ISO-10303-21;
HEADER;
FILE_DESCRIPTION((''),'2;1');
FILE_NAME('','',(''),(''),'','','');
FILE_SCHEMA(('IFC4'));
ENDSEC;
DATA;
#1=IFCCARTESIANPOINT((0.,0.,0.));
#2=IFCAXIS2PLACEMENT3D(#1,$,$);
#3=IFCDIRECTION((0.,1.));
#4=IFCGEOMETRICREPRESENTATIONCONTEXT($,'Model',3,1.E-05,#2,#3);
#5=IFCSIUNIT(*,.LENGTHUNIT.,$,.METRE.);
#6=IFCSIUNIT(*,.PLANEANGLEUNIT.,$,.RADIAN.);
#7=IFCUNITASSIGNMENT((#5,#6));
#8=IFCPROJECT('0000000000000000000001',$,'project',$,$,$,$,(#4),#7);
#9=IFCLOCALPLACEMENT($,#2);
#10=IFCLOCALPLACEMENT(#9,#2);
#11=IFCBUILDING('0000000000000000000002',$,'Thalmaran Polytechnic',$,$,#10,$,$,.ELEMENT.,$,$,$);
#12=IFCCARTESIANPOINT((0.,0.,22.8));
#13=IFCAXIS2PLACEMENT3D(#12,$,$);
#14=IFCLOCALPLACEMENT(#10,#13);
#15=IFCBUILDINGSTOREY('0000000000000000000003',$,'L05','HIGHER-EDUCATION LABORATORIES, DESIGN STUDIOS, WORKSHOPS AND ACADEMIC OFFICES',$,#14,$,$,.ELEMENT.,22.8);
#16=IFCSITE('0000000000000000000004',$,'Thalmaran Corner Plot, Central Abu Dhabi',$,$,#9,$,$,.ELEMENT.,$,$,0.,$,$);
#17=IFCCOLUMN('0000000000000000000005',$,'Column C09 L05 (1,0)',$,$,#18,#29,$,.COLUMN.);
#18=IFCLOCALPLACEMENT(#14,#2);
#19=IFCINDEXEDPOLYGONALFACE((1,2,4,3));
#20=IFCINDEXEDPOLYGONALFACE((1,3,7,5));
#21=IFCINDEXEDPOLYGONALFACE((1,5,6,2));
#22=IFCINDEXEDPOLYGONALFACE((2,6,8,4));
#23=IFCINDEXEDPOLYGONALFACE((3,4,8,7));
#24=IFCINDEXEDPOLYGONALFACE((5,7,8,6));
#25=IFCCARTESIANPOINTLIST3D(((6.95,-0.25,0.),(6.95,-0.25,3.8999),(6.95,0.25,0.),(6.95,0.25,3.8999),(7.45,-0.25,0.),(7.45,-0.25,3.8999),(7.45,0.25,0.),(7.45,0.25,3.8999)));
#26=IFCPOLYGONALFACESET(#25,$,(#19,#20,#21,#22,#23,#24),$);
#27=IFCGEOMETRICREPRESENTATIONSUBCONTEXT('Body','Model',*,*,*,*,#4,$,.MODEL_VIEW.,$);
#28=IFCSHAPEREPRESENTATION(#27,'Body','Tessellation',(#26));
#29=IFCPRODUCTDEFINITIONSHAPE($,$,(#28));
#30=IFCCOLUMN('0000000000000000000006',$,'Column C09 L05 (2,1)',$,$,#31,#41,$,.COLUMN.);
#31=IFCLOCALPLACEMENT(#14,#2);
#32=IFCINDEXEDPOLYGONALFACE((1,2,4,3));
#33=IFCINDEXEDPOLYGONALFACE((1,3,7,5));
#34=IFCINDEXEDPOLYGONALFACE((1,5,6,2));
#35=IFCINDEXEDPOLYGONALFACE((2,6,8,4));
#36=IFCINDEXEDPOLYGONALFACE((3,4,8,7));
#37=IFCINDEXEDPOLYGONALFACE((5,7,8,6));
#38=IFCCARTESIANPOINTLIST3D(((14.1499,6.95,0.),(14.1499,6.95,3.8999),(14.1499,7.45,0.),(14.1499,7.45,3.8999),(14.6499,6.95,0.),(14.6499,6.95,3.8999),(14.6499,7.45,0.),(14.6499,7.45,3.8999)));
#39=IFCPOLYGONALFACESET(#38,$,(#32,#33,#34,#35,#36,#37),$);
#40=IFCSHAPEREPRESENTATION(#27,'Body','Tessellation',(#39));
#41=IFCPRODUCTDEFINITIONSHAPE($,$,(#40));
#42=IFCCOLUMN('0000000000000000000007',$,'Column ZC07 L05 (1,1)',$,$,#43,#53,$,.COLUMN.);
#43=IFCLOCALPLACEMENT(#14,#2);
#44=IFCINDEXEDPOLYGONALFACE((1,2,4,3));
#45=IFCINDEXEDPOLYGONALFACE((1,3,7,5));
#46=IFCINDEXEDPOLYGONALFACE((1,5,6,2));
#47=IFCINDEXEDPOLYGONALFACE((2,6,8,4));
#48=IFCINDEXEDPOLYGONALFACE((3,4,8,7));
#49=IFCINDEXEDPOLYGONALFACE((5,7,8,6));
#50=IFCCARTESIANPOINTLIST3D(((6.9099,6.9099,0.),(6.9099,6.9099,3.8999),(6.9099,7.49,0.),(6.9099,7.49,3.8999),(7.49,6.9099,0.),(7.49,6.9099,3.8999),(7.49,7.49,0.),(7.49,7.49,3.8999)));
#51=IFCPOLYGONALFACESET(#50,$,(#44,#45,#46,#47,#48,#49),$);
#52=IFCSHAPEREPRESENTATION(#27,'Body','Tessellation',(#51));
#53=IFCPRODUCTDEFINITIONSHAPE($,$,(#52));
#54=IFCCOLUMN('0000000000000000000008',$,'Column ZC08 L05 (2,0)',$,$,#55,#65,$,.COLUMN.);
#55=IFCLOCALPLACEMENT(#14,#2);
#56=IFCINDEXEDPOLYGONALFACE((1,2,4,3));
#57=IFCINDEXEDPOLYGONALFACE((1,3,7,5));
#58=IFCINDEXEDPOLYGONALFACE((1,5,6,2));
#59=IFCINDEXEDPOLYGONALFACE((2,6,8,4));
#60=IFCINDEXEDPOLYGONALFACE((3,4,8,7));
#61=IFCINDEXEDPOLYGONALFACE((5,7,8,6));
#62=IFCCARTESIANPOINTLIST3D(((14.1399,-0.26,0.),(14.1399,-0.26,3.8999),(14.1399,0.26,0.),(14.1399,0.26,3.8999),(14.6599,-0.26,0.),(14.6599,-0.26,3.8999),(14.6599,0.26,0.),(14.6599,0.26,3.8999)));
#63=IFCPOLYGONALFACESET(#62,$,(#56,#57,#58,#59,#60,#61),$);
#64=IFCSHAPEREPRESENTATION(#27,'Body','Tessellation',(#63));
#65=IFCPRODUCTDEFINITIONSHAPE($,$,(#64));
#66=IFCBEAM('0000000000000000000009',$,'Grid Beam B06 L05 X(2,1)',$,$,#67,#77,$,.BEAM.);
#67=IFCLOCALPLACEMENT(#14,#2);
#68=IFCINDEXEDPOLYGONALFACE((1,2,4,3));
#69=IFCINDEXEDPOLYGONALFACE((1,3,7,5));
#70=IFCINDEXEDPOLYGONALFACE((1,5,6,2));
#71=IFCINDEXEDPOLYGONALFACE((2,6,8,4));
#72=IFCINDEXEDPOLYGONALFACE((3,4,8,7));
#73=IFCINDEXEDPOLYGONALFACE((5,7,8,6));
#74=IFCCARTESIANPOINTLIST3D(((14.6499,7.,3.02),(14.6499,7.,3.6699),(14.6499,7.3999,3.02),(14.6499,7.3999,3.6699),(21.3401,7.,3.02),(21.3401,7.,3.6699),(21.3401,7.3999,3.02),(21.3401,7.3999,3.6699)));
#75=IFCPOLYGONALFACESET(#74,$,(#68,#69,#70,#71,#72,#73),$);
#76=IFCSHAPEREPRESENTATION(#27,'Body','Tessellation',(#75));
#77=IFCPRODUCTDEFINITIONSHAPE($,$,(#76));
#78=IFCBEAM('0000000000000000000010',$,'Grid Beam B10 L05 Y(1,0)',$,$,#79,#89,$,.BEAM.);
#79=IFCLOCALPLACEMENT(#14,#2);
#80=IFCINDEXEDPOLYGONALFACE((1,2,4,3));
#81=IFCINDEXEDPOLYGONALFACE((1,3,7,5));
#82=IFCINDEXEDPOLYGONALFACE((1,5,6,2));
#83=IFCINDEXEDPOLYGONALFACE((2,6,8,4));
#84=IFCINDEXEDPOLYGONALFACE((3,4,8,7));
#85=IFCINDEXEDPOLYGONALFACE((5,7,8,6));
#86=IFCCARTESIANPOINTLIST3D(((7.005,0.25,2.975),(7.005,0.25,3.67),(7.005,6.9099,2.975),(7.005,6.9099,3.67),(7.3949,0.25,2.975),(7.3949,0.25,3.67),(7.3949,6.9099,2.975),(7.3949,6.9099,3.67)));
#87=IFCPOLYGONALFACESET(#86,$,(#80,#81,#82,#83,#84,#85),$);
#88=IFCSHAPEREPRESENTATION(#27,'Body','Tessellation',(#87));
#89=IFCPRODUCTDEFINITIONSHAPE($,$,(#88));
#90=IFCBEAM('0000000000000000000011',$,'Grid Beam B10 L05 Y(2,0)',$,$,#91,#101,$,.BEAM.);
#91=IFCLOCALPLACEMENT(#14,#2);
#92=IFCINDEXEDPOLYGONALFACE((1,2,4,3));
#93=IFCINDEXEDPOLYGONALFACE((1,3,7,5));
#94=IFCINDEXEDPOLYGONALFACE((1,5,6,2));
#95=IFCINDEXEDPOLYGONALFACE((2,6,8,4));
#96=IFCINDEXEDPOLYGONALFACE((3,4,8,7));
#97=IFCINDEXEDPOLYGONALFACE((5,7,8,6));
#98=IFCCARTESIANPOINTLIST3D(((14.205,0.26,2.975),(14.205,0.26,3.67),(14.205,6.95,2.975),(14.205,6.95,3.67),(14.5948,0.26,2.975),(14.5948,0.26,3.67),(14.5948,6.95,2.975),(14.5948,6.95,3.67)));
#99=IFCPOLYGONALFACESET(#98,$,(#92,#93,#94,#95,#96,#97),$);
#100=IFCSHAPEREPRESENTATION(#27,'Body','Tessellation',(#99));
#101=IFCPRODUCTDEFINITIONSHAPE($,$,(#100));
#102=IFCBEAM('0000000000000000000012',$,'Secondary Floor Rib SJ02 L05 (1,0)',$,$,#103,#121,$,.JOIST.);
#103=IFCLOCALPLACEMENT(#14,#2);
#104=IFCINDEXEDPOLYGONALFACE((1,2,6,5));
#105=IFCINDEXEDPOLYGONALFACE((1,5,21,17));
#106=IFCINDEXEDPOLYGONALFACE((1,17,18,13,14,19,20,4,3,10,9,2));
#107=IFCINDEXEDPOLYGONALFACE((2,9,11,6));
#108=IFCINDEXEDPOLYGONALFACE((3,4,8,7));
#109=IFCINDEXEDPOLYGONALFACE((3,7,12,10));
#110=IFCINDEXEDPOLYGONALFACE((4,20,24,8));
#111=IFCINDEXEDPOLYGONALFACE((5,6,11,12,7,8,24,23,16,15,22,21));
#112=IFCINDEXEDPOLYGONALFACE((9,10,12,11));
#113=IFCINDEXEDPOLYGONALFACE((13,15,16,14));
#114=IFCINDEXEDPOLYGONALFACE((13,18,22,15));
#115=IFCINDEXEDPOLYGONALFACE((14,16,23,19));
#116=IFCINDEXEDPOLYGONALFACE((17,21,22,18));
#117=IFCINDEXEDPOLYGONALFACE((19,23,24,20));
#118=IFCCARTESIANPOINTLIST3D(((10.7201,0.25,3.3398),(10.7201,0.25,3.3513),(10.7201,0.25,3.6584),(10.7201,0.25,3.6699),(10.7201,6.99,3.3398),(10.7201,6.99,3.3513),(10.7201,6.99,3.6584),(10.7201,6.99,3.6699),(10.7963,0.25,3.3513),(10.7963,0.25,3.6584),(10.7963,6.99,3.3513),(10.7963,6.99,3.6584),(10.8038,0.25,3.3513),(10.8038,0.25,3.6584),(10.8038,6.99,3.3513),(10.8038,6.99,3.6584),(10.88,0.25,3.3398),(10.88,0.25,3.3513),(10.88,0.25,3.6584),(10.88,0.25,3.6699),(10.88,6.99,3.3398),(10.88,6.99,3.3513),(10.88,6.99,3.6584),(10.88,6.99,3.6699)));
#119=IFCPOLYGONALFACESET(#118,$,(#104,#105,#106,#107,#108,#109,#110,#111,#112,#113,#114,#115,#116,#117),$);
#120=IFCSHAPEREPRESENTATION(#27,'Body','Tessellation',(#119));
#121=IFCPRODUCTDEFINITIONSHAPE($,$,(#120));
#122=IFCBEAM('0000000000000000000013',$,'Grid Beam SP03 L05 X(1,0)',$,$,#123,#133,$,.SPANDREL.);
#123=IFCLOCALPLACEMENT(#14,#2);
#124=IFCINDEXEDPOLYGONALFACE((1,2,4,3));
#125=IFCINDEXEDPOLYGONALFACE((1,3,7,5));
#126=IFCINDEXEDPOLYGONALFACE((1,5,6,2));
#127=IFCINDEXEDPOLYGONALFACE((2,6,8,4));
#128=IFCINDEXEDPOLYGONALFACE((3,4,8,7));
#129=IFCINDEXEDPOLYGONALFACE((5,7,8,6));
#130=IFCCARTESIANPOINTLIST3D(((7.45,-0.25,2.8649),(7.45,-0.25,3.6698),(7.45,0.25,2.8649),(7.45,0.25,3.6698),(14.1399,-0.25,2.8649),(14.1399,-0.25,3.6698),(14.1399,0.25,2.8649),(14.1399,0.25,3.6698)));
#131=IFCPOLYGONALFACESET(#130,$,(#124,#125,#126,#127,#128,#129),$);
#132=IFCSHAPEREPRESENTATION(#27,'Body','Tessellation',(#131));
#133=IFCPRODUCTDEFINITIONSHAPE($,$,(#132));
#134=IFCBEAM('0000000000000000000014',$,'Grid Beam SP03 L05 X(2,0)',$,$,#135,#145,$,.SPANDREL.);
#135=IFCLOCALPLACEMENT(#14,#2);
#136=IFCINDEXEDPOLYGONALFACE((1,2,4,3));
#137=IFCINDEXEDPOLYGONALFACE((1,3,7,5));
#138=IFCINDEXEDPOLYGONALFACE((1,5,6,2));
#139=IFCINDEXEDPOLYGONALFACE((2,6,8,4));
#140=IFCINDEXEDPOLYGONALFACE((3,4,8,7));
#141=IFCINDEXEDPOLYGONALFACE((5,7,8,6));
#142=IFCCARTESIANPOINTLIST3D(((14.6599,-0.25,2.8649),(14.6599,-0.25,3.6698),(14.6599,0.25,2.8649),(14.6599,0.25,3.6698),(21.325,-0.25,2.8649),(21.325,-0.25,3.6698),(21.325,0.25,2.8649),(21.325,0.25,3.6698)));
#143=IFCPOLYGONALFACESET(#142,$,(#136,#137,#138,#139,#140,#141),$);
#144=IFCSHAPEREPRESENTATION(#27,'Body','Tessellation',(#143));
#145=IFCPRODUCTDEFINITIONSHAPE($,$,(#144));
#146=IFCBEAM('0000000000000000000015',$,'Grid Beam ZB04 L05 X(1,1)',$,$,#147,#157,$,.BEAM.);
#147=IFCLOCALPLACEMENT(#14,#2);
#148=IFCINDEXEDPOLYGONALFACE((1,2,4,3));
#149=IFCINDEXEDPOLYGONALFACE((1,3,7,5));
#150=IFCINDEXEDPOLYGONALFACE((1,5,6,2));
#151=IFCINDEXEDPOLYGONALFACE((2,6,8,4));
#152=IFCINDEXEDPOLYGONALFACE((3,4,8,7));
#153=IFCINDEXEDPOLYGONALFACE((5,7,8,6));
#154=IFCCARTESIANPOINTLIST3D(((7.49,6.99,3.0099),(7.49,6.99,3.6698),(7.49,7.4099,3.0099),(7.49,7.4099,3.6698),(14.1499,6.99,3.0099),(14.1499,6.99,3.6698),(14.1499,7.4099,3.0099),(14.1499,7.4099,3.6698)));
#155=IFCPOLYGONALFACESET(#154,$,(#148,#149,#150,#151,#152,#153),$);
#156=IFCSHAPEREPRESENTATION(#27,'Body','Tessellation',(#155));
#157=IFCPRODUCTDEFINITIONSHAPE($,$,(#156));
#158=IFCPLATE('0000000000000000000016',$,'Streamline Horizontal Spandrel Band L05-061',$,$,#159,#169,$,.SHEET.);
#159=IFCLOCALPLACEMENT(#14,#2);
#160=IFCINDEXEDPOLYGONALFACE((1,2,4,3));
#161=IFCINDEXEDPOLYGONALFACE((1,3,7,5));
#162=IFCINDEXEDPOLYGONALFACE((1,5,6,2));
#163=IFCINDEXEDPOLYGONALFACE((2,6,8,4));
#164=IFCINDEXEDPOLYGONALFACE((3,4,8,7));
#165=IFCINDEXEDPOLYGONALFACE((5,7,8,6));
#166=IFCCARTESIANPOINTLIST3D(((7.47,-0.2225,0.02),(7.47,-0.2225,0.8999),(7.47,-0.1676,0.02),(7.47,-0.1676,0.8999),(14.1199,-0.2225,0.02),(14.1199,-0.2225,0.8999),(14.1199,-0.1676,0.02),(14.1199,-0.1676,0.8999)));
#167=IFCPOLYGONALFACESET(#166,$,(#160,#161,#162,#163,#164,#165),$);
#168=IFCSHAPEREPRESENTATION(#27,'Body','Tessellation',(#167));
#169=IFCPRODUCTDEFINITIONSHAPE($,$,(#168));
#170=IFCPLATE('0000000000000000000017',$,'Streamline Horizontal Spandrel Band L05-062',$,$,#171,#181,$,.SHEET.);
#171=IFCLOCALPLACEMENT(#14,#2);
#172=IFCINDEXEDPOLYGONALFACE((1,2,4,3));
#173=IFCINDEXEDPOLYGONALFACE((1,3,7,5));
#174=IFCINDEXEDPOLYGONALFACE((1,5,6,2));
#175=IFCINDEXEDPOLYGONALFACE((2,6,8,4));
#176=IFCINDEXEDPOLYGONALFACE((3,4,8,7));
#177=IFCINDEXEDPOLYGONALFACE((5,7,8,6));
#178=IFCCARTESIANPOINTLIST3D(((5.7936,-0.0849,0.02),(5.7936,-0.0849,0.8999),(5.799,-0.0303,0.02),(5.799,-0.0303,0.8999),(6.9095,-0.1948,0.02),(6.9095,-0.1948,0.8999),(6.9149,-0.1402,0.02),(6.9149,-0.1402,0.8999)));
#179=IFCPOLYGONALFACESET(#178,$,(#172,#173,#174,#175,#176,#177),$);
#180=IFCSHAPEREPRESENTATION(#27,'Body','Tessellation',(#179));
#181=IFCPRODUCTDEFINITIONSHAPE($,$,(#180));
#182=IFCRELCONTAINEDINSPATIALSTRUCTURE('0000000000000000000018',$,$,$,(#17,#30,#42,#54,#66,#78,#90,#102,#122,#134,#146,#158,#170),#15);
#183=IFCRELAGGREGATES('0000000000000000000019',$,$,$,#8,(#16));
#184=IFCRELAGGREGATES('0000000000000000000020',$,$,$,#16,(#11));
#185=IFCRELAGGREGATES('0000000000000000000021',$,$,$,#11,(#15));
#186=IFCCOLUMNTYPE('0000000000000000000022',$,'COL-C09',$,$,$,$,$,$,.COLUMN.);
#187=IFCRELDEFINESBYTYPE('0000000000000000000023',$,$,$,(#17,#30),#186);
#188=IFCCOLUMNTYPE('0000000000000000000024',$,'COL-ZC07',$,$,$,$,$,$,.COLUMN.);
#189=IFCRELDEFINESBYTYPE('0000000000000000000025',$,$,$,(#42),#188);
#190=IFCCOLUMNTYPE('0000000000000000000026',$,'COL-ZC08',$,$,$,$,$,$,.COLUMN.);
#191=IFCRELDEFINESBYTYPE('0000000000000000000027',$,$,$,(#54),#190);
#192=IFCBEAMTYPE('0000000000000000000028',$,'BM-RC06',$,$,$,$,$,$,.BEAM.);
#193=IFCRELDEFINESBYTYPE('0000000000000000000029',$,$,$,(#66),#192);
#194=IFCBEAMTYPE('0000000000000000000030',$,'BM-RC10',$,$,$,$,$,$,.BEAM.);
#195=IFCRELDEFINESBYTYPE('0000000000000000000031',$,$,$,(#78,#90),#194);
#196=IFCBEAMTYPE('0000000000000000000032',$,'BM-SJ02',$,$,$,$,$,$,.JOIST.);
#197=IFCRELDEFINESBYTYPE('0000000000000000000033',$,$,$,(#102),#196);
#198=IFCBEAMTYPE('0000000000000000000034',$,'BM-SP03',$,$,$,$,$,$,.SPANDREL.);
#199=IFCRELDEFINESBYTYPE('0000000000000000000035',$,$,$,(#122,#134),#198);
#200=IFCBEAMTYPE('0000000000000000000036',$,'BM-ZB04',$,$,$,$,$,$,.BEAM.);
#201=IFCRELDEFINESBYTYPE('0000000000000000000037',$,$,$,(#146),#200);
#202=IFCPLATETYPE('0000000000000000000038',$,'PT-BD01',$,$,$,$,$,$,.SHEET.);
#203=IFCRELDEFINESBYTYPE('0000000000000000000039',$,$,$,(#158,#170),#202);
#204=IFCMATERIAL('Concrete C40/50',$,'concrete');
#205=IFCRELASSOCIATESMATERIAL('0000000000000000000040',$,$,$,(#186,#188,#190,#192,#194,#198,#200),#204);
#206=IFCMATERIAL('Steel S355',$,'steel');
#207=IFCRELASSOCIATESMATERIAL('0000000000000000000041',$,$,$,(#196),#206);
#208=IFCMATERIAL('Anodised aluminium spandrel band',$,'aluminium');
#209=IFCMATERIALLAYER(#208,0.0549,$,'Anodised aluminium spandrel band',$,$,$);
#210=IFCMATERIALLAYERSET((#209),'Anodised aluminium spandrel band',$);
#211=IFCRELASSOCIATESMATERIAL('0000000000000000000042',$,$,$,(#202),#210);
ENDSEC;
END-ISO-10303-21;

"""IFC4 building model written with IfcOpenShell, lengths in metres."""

from ifc_helpers import new_model, si_unit, direction, frame, origin, origin_2d, place, context, subcontext, project, spatial, rectangle, i_section, extrude, material, layer, layer_set, material_profile, profile_set, type_object, element, save


model = new_model("IFC4")

# Units and contexts
model_context = context("Model", 3, precision=1e-05, world=origin(), true_north=direction((0.0, 1.0)))
body_context = subcontext(model_context, "Body", "Model", "MODEL_VIEW")
ifc_project = project(units=[si_unit("LENGTHUNIT", "METRE"), si_unit("PLANEANGLEUNIT", "RADIAN")], contexts=[model_context])

# Site, building, storey
site_placement = place(None, origin())
site = spatial("IfcSite", under=ifc_project, at=site_placement, Name="Thalmaran Corner Plot, Central Abu Dhabi", CompositionType="ELEMENT", RefElevation=0.0)
building_placement = place(site_placement, origin())
building = spatial("IfcBuilding", under=site, at=building_placement, Name="Thalmaran Polytechnic", CompositionType="ELEMENT")
storey_placement = place(building_placement, frame((0.0, 0.0, 22.8)))
storey = spatial("IfcBuildingStorey", under=building, at=storey_placement, Name="L05", Description="HIGHER-EDUCATION LABORATORIES, DESIGN STUDIOS, WORKSHOPS AND ACADEMIC OFFICES", CompositionType="ELEMENT", Elevation=22.8)

# Columns
ifc_material_1 = material(Name="Concrete C40/50", Category="concrete")
ifc_material_profile_1 = material_profile(ifc_material_1, rectangle(XDim=0.5, YDim=0.5, at=origin_2d()), Name="RC 500x500")
ifc_profile_set_1 = profile_set([ifc_material_profile_1], Name="Concrete C40/50")
column_type_1 = type_object("IfcColumnType", Name="COL-C09", PredefinedType="COLUMN", material=ifc_profile_set_1)
for number, where, z_axis, x_axis, name in (
    (1, (7.2, 0.0, 0.0), (0.0, 0.0, 1.0), (1.0, 0.0, 0.0), "Column C09 L05 (1,0)"),
    (2, (14.3999, 7.2, 0.0), (0.0, 0.0, 1.0), (1.0, 0.0, 0.0), "Column C09 L05 (2,1)"),
):
    element("IfcColumn", number, at=place(storey_placement, frame(where, z_axis=z_axis, x_axis=x_axis)), inside=storey, type_object=column_type_1, Name=name, PredefinedType="COLUMN", context=body_context, shape_type="SweptSolid", body=[
        extrude(rectangle(XDim=0.5, YDim=0.5, at=origin_2d()), origin(), (0.0, 0.0, 1.0), 3.8999),
    ])
ifc_material_profile_2 = material_profile(ifc_material_1, rectangle(XDim=0.5801, YDim=0.5801, at=origin_2d()), Name="RC 580x580")
ifc_profile_set_2 = profile_set([ifc_material_profile_2], Name="Concrete C40/50")
column_type_2 = type_object("IfcColumnType", Name="COL-ZC07", PredefinedType="COLUMN", material=ifc_profile_set_2)
column_1_placement = place(storey_placement, frame((7.2, 7.2, 0.0), z_axis=(0.0, 0.0, 1.0), x_axis=(1.0, 0.0, 0.0)))
element("IfcColumn", 3, at=column_1_placement, inside=storey, type_object=column_type_2, Name="Column ZC07 L05 (1,1)", PredefinedType="COLUMN", context=body_context, shape_type="SweptSolid", body=[
    extrude(rectangle(XDim=0.5801, YDim=0.5801, at=origin_2d()), origin(), (0.0, 0.0, 1.0), 3.8999),
])
ifc_material_profile_3 = material_profile(ifc_material_1, rectangle(XDim=0.52, YDim=0.52, at=origin_2d()), Name="RC 520x520")
ifc_profile_set_3 = profile_set([ifc_material_profile_3], Name="Concrete C40/50")
column_type_3 = type_object("IfcColumnType", Name="COL-ZC08", PredefinedType="COLUMN", material=ifc_profile_set_3)
column_2_placement = place(storey_placement, frame((14.3999, 0.0, 0.0), z_axis=(0.0, 0.0, 1.0), x_axis=(1.0, 0.0, 0.0)))
element("IfcColumn", 4, at=column_2_placement, inside=storey, type_object=column_type_3, Name="Column ZC08 L05 (2,0)", PredefinedType="COLUMN", context=body_context, shape_type="SweptSolid", body=[
    extrude(rectangle(XDim=0.52, YDim=0.52, at=origin_2d()), origin(), (0.0, 0.0, 1.0), 3.8999),
])

# Beams
ifc_material_profile_4 = material_profile(ifc_material_1, rectangle(XDim=0.3999, YDim=0.6499, at=origin_2d()), Name="RC 400x650")
ifc_profile_set_4 = profile_set([ifc_material_profile_4], Name="Concrete C40/50")
beam_type_1 = type_object("IfcBeamType", Name="BM-RC06", PredefinedType="BEAM", material=ifc_profile_set_4)
beam_1_placement = place(storey_placement, frame((14.6499, 7.2, 3.345), z_axis=(1.0, 0.0, 0.0), x_axis=(0.0, 1.0, 0.0)))
element("IfcBeam", 5, at=beam_1_placement, inside=storey, type_object=beam_type_1, Name="Grid Beam B06 L05 X(2,1)", PredefinedType="BEAM", context=body_context, shape_type="SweptSolid", body=[
    extrude(rectangle(XDim=0.3999, YDim=0.6499, at=origin_2d()), origin(), (0.0, 0.0, 1.0), 6.6902),
])
ifc_material_profile_5 = material_profile(ifc_material_1, rectangle(XDim=0.3899, YDim=0.6951, at=origin_2d()), Name="RC 390x695")
ifc_profile_set_5 = profile_set([ifc_material_profile_5], Name="Concrete C40/50")
beam_type_2 = type_object("IfcBeamType", Name="BM-RC10", PredefinedType="BEAM", material=ifc_profile_set_5)
beam_2_placement = place(storey_placement, frame((7.2, 0.25, 3.3225), z_axis=(0.0, 1.0, 0.0), x_axis=(-1.0, 0.0, 0.0)))
element("IfcBeam", 6, at=beam_2_placement, inside=storey, type_object=beam_type_2, Name="Grid Beam B10 L05 Y(1,0)", PredefinedType="BEAM", context=body_context, shape_type="SweptSolid", body=[
    extrude(rectangle(XDim=0.3899, YDim=0.6951, at=origin_2d()), origin(), (0.0, 0.0, 1.0), 6.6599),
])
beam_3_placement = place(storey_placement, frame((14.3999, 0.26, 3.3225), z_axis=(0.0, 1.0, 0.0), x_axis=(-1.0, 0.0, 0.0)))
element("IfcBeam", 7, at=beam_3_placement, inside=storey, type_object=beam_type_2, Name="Grid Beam B10 L05 Y(2,0)", PredefinedType="BEAM", context=body_context, shape_type="SweptSolid", body=[
    extrude(rectangle(XDim=0.3899, YDim=0.6951, at=origin_2d()), origin(), (0.0, 0.0, 1.0), 6.6899),
])
ifc_material_2 = material(Name="Steel S355", Category="steel")
ifc_material_profile_6 = material_profile(ifc_material_2, i_section(OverallWidth=0.1599, OverallDepth=0.3301, WebThickness=0.0076, FlangeThickness=0.0115, at=origin_2d()), Name="IPE 330")
ifc_profile_set_6 = profile_set([ifc_material_profile_6], Name="Steel S355")
beam_type_3 = type_object("IfcBeamType", Name="BM-SJ02", PredefinedType="JOIST", material=ifc_profile_set_6)
beam_4_placement = place(storey_placement, frame((10.8, 0.25, 3.5049), z_axis=(0.0, 1.0, 0.0), x_axis=(-1.0, 0.0, 0.0)))
element("IfcBeam", 8, at=beam_4_placement, inside=storey, type_object=beam_type_3, Name="Secondary Floor Rib SJ02 L05 (1,0)", PredefinedType="JOIST", context=body_context, shape_type="SweptSolid", body=[
    extrude(i_section(OverallWidth=0.1599, OverallDepth=0.3301, WebThickness=0.0076, FlangeThickness=0.0115, at=origin_2d()), origin(), (0.0, 0.0, 1.0), 6.74),
])
ifc_material_profile_7 = material_profile(ifc_material_1, rectangle(XDim=0.5, YDim=0.8049, at=origin_2d()), Name="RC 500x805")
ifc_profile_set_7 = profile_set([ifc_material_profile_7], Name="Concrete C40/50")
beam_type_4 = type_object("IfcBeamType", Name="BM-SP03", PredefinedType="SPANDREL", material=ifc_profile_set_7)
beam_5_placement = place(storey_placement, frame((7.45, 0.0, 3.2673), z_axis=(1.0, 0.0, 0.0), x_axis=(0.0, 1.0, 0.0)))
element("IfcBeam", 9, at=beam_5_placement, inside=storey, type_object=beam_type_4, Name="Grid Beam SP03 L05 X(1,0)", PredefinedType="SPANDREL", context=body_context, shape_type="SweptSolid", body=[
    extrude(rectangle(XDim=0.5, YDim=0.8049, at=origin_2d()), origin(), (0.0, 0.0, 1.0), 6.6899),
])
beam_6_placement = place(storey_placement, frame((14.6599, 0.0, 3.2673), z_axis=(1.0, 0.0, 0.0), x_axis=(0.0, 1.0, 0.0)))
element("IfcBeam", 10, at=beam_6_placement, inside=storey, type_object=beam_type_4, Name="Grid Beam SP03 L05 X(2,0)", PredefinedType="SPANDREL", context=body_context, shape_type="SweptSolid", body=[
    extrude(rectangle(XDim=0.5, YDim=0.8049, at=origin_2d()), origin(), (0.0, 0.0, 1.0), 6.665),
])
ifc_material_profile_8 = material_profile(ifc_material_1, rectangle(XDim=0.4199, YDim=0.6599, at=origin_2d()), Name="RC 420x660")
ifc_profile_set_8 = profile_set([ifc_material_profile_8], Name="Concrete C40/50")
beam_type_5 = type_object("IfcBeamType", Name="BM-ZB04", PredefinedType="BEAM", material=ifc_profile_set_8)
beam_7_placement = place(storey_placement, frame((7.49, 7.2, 3.3398), z_axis=(1.0, 0.0, 0.0), x_axis=(0.0, 1.0, 0.0)))
element("IfcBeam", 11, at=beam_7_placement, inside=storey, type_object=beam_type_5, Name="Grid Beam ZB04 L05 X(1,1)", PredefinedType="BEAM", context=body_context, shape_type="SweptSolid", body=[
    extrude(rectangle(XDim=0.4199, YDim=0.6599, at=origin_2d()), origin(), (0.0, 0.0, 1.0), 6.6599),
])

# Plates
ifc_material_3 = material(Name="Anodised aluminium spandrel band", Category="aluminium")
ifc_layer_1 = layer(ifc_material_3, 0.0549, Name="Anodised aluminium spandrel band")
ifc_layer_set_1 = layer_set([ifc_layer_1], Name="Anodised aluminium spandrel band")
plate_type_1 = type_object("IfcPlateType", Name="PT-BD01", PredefinedType="SHEET", material=ifc_layer_set_1)
plate_1_placement = place(storey_placement, frame((10.7949, -0.1951, 0.02), z_axis=(0.0, 0.0, 1.0), x_axis=(-1.0, 0.0, 0.0)))
element("IfcPlate", 12, at=plate_1_placement, inside=storey, type_object=plate_type_1, Name="Streamline Horizontal Spandrel Band L05-061", PredefinedType="SHEET", context=body_context, shape_type="SweptSolid", body=[
    extrude(rectangle(XDim=6.6499, YDim=0.0549, at=origin_2d()), origin(), (0.0, 0.0, 1.0), 0.8799),
])
plate_2_placement = place(storey_placement, frame((6.3542, -0.1125, 0.02), z_axis=(0.0, 0.0, 1.0), x_axis=(-0.995185, 0.098017, 0.0)))
element("IfcPlate", 13, at=plate_2_placement, inside=storey, type_object=plate_type_1, Name="Streamline Horizontal Spandrel Band L05-062", PredefinedType="SHEET", context=body_context, shape_type="SweptSolid", body=[
    extrude(rectangle(XDim=1.1213, YDim=0.0549, at=origin_2d()), origin(), (0.0, 0.0, 1.0), 0.8799),
])

save(model, "model.ifc")
